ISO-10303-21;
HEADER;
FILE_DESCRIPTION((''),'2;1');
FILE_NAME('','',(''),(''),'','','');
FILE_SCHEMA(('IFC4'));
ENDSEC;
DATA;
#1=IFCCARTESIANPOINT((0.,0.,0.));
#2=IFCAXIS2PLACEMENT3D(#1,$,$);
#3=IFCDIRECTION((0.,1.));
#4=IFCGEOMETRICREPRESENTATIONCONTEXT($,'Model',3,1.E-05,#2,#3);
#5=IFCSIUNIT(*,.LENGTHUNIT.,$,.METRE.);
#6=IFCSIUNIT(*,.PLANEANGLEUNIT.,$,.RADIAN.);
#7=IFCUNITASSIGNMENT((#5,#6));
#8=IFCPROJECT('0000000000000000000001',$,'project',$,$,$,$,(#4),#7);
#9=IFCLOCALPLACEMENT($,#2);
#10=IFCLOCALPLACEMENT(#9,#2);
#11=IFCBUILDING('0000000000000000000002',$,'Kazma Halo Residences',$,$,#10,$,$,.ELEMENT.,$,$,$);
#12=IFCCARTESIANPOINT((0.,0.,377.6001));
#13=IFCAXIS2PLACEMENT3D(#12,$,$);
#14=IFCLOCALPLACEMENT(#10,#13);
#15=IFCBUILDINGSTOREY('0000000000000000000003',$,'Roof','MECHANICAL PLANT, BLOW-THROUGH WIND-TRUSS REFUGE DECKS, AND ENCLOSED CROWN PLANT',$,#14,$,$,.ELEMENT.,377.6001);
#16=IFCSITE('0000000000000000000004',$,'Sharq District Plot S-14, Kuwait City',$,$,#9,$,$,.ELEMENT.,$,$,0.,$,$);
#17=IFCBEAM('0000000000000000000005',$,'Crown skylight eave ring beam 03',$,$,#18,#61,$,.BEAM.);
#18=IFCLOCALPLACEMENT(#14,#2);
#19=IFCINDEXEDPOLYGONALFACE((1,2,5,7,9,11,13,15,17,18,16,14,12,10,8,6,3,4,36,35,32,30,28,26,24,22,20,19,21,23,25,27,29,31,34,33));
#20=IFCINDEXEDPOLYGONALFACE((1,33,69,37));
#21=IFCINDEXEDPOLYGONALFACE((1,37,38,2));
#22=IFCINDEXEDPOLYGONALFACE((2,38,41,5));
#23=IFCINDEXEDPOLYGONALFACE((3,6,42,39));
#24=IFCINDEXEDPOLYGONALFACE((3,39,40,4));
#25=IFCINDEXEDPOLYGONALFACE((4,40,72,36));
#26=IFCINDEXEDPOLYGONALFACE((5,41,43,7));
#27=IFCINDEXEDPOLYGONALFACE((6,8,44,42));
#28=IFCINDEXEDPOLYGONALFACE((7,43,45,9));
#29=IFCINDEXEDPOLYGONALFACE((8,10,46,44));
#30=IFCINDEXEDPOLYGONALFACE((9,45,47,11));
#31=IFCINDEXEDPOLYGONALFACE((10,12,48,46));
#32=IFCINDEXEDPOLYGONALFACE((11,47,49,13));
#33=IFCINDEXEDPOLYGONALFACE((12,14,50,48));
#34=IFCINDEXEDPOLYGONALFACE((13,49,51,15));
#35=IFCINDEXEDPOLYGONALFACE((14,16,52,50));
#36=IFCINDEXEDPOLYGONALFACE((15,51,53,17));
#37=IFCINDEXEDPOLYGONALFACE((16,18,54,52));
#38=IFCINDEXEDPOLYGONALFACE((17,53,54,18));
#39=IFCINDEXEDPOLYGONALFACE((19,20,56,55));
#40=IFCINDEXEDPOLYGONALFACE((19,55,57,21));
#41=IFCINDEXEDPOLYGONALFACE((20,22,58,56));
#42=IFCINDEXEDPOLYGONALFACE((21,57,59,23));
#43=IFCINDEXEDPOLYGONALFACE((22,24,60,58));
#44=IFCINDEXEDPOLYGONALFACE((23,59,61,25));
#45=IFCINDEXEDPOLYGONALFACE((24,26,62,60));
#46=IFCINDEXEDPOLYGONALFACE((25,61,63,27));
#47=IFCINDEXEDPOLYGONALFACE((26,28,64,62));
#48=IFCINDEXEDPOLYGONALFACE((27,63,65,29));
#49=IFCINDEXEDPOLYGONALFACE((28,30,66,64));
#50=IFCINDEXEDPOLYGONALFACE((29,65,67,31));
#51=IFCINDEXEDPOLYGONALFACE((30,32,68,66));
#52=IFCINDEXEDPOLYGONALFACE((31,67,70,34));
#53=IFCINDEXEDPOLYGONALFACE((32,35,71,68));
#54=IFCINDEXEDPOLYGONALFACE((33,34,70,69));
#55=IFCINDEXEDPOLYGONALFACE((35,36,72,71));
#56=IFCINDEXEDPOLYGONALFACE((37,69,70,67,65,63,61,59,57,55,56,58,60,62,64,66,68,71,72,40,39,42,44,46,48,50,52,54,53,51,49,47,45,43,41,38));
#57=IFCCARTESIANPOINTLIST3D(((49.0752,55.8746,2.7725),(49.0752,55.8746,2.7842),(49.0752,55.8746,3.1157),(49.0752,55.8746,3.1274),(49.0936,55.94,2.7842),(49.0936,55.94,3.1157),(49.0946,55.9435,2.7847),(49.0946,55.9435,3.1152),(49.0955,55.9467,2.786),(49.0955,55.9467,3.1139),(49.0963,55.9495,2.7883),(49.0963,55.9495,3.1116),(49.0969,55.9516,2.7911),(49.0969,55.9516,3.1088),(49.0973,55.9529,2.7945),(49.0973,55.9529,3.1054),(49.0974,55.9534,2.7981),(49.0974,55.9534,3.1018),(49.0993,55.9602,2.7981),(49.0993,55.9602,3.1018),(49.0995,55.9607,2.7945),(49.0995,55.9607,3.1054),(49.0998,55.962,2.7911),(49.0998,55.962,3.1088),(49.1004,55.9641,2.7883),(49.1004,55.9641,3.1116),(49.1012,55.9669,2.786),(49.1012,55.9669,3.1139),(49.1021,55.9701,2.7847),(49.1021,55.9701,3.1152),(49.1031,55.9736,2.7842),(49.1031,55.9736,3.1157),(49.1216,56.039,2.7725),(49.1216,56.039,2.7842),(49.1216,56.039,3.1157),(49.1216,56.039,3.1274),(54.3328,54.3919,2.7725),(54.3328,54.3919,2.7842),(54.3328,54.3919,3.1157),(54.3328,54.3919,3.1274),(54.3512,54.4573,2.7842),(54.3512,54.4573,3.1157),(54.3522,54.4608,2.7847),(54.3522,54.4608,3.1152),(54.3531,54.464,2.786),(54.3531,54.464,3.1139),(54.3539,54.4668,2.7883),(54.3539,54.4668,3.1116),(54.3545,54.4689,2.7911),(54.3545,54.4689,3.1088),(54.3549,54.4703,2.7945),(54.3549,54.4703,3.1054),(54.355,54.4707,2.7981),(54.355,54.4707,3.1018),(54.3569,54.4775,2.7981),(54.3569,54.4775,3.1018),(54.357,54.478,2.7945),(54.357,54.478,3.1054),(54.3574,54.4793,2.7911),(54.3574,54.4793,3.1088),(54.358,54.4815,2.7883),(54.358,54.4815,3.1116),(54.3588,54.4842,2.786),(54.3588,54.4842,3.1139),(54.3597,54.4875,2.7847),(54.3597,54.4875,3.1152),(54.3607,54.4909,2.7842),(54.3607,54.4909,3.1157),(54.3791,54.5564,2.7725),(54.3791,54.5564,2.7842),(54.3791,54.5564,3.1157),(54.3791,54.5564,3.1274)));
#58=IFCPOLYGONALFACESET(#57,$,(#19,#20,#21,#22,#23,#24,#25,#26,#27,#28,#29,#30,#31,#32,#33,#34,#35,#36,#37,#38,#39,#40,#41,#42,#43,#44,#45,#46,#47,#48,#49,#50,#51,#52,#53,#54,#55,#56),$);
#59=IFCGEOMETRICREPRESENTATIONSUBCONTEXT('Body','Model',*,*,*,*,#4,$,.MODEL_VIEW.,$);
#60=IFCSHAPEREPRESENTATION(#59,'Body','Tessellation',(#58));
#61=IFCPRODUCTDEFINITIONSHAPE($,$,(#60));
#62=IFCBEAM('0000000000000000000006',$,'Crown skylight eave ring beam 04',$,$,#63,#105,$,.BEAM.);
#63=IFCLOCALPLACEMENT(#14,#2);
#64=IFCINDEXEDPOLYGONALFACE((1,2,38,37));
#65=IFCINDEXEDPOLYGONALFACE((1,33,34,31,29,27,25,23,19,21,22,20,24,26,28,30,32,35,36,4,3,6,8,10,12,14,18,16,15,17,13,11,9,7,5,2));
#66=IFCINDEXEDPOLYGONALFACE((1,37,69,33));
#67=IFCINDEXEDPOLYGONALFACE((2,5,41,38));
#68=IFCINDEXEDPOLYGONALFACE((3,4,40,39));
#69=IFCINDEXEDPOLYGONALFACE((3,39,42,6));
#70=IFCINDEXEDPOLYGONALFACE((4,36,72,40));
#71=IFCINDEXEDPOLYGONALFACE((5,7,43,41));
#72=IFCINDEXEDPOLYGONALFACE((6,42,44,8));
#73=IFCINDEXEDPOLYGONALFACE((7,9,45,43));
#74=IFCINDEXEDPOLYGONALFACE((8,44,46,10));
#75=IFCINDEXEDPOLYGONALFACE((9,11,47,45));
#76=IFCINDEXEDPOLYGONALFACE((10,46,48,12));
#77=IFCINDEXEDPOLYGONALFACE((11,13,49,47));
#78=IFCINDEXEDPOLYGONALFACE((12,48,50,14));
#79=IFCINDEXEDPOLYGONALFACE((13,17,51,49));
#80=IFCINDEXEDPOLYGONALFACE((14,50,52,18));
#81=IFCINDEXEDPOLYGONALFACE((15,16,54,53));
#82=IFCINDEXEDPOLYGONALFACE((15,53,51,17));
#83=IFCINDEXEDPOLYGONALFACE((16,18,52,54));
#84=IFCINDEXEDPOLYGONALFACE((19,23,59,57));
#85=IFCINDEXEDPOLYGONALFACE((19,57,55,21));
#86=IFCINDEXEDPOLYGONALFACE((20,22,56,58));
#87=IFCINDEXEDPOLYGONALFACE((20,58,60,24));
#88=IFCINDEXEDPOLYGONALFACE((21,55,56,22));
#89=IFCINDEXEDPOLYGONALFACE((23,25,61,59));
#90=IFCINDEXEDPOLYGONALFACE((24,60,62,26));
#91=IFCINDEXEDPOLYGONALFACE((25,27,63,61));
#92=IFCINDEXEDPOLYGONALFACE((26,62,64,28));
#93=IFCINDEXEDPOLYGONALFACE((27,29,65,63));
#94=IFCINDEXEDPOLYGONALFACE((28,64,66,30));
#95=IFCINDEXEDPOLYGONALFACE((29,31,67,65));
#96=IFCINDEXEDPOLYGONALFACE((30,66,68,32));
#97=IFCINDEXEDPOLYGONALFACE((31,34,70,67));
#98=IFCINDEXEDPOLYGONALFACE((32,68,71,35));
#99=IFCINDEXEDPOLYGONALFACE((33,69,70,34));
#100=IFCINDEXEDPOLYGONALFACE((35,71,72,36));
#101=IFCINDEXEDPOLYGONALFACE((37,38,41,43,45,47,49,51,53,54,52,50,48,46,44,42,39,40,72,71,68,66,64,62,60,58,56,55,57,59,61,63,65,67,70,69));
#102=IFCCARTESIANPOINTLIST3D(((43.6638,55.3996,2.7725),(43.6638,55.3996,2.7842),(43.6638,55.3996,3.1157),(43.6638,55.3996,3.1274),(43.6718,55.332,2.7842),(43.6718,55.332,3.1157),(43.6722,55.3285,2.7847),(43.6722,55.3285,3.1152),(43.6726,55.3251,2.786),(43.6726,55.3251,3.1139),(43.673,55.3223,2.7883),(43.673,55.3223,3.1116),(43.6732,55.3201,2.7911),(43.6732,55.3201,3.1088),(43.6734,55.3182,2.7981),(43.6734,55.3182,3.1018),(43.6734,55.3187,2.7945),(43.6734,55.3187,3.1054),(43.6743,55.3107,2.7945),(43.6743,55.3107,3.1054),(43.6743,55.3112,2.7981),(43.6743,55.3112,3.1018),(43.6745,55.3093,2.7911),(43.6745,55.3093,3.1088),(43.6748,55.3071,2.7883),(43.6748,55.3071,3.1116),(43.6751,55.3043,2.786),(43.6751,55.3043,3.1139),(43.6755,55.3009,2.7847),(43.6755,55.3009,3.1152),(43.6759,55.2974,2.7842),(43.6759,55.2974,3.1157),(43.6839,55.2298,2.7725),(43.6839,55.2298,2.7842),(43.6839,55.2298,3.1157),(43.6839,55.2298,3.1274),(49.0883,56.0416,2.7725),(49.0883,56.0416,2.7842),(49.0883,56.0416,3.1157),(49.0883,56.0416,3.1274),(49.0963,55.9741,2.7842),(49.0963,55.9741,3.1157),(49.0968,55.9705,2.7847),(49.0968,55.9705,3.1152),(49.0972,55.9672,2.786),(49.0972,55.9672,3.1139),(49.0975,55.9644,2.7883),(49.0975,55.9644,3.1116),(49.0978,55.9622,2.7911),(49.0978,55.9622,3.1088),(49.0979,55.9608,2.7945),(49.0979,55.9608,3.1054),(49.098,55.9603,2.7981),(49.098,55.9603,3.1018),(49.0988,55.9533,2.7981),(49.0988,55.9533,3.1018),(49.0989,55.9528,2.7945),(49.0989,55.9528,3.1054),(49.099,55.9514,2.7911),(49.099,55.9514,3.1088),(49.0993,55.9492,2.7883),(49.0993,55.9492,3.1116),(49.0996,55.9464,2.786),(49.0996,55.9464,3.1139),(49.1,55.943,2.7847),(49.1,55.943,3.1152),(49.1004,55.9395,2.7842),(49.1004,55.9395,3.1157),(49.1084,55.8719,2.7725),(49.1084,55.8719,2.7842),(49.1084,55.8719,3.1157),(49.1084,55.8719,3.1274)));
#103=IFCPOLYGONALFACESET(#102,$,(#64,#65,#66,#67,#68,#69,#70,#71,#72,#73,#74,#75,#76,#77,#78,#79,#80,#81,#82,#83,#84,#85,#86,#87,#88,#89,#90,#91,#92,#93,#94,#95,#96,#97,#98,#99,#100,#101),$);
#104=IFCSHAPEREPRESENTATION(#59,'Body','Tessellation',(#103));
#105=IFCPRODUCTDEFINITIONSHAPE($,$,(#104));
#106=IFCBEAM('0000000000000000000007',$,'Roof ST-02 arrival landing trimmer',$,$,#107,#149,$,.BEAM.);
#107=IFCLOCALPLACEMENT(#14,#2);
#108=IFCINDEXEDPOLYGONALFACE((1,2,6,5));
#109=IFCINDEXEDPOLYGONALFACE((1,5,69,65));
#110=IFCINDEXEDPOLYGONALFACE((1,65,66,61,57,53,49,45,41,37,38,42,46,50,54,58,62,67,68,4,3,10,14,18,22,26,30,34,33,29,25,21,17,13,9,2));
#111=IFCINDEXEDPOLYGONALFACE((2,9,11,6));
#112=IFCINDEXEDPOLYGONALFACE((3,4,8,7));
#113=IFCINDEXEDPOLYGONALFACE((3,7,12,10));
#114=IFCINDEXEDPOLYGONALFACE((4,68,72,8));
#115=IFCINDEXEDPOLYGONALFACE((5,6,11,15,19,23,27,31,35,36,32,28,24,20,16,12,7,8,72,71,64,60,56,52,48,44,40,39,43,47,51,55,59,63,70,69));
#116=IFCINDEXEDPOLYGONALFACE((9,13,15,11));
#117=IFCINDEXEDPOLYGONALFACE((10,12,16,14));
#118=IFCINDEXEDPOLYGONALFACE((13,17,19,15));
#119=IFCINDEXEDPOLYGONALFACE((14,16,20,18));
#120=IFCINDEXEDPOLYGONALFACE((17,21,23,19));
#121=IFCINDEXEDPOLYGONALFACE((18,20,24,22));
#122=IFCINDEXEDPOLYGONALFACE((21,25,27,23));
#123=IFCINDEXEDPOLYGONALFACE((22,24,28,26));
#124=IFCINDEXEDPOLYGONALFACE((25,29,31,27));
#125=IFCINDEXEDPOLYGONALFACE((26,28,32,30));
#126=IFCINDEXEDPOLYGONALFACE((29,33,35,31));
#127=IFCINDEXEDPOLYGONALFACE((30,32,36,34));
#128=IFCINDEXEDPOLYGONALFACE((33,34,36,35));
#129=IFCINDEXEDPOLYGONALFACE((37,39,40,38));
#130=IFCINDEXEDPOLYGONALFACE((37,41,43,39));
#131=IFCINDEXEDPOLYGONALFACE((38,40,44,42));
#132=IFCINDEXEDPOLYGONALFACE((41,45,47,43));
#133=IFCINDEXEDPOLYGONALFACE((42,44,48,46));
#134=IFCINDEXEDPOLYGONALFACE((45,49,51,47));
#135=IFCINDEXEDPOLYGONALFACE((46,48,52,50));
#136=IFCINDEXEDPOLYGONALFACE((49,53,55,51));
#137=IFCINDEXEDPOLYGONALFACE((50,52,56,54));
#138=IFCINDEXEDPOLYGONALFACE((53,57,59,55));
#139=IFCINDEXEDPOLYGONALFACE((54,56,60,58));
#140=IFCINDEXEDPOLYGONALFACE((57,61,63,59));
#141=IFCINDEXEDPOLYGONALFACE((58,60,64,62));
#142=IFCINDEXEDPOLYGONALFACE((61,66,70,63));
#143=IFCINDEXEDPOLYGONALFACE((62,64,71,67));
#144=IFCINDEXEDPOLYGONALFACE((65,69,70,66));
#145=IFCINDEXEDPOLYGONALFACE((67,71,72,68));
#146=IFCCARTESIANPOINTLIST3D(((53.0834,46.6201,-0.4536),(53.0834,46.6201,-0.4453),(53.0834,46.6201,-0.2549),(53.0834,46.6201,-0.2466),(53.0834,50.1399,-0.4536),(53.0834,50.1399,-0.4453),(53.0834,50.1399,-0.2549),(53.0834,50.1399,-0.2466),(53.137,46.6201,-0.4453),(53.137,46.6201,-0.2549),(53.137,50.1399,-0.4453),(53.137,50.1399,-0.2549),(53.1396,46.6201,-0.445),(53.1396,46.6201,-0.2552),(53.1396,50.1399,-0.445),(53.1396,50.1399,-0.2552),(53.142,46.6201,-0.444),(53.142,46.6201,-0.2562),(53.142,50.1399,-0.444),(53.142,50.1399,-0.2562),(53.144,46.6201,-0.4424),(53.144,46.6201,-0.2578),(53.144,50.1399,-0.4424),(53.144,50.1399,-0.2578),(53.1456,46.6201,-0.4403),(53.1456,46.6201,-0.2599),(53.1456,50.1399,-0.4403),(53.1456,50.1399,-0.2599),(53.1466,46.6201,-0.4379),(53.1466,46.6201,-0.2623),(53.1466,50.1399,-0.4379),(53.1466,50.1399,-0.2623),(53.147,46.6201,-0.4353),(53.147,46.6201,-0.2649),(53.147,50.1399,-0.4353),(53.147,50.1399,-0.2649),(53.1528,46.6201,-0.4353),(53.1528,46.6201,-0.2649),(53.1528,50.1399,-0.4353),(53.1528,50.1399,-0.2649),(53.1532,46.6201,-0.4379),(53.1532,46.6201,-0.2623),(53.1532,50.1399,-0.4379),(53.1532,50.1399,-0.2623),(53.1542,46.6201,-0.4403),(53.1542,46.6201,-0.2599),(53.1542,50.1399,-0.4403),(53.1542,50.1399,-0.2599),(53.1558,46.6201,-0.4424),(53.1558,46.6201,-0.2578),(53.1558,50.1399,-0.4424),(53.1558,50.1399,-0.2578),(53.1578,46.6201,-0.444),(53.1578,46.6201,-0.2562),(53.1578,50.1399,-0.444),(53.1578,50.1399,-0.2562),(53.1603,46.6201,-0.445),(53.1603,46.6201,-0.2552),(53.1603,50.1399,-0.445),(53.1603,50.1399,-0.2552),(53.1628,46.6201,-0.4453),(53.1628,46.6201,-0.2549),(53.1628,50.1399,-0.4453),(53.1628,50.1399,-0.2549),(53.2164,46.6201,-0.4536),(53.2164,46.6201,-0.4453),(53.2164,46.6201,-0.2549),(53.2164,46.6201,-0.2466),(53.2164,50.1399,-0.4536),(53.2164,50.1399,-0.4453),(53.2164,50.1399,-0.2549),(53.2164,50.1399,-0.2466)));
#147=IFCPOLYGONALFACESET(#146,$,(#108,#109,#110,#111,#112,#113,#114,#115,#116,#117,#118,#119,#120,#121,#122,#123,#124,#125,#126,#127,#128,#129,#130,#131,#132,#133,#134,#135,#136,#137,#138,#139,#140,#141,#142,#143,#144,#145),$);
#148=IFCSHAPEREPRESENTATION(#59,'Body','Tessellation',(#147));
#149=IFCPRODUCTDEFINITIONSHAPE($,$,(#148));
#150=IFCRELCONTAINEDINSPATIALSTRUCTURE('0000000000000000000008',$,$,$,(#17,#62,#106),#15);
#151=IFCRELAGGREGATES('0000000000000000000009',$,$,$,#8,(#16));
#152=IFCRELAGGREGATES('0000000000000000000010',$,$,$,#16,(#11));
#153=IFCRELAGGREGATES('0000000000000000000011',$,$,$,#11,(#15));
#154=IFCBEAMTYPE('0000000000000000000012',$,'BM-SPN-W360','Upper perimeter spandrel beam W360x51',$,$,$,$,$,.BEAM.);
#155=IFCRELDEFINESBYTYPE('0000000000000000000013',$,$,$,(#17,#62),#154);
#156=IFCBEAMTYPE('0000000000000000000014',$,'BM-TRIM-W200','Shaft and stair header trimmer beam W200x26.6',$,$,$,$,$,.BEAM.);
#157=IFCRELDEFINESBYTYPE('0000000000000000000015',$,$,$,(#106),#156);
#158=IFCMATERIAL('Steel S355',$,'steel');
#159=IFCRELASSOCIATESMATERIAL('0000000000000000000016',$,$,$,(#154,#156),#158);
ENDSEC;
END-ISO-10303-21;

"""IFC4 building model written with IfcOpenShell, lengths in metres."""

from ifc_helpers import new_model, si_unit, direction, frame, origin, origin_2d, place, context, subcontext, project, spatial, i_section, extrude, material, material_profile, profile_set, type_object, element, save


model = new_model("IFC4")

# Units and contexts
model_context = context("Model", 3, precision=1e-05, world=origin(), true_north=direction((0.0, 1.0)))
body_context = subcontext(model_context, "Body", "Model", "MODEL_VIEW")
ifc_project = project(units=[si_unit("LENGTHUNIT", "METRE"), si_unit("PLANEANGLEUNIT", "RADIAN")], contexts=[model_context])

# Site, building, storey
site_placement = place(None, origin())
site = spatial("IfcSite", under=ifc_project, at=site_placement, Name="Sharq District Plot S-14, Kuwait City", CompositionType="ELEMENT", RefElevation=0.0)
building_placement = place(site_placement, origin())
building = spatial("IfcBuilding", under=site, at=building_placement, Name="Kazma Halo Residences", CompositionType="ELEMENT")
storey_placement = place(building_placement, frame((0.0, 0.0, 377.6001)))
storey = spatial("IfcBuildingStorey", under=building, at=storey_placement, Name="Roof", Description="MECHANICAL PLANT, BLOW-THROUGH WIND-TRUSS REFUGE DECKS, AND ENCLOSED CROWN PLANT", CompositionType="ELEMENT", Elevation=377.6001)

# Shared definitions
ifc_material_1 = material(Name="Steel S355", Category="steel")

# Beams
ifc_material_profile_1 = material_profile(ifc_material_1, i_section(OverallWidth=0.1709, OverallDepth=0.355, WebThickness=0.0071, FlangeThickness=0.0117, FilletRadius=0.0139, at=origin_2d()), Name="W360x51")
ifc_profile_set_1 = profile_set([ifc_material_profile_1], Name="Steel S355")
beam_type_1 = type_object("IfcBeamType", Name="BM-SPN-W360", Description="Upper perimeter spandrel beam W360x51", PredefinedType="BEAM", material=ifc_profile_set_1)
beam_1_placement = place(storey_placement, frame((54.356, 54.4741, 2.95), z_axis=(-0.962461, 0.27142, 0.0), x_axis=(-0.27142, -0.962461, 0.0)))
element("IfcBeam", 1, at=beam_1_placement, inside=storey, type_object=beam_type_1, Name="Crown skylight eave ring beam 03", PredefinedType="BEAM", context=body_context, shape_type="SweptSolid", body=[
    extrude(i_section(OverallWidth=0.1709, OverallDepth=0.355, WebThickness=0.0071, FlangeThickness=0.0117, FilletRadius=0.0139, at=origin_2d()), origin(), (0.0, 0.0, 1.0), 5.4626),
])
beam_2_placement = place(storey_placement, frame((49.0984, 55.9568, 2.95), z_axis=(-0.993067, -0.117547, 0.0), x_axis=(0.117547, -0.993067, 0.0)))
element("IfcBeam", 2, at=beam_2_placement, inside=storey, type_object=beam_type_1, Name="Crown skylight eave ring beam 04", PredefinedType="BEAM", context=body_context, shape_type="SweptSolid", body=[
    extrude(i_section(OverallWidth=0.1709, OverallDepth=0.355, WebThickness=0.0071, FlangeThickness=0.0117, FilletRadius=0.0139, at=origin_2d()), origin(), (0.0, 0.0, 1.0), 5.4624),
])
ifc_material_profile_2 = material_profile(ifc_material_1, i_section(OverallWidth=0.1331, OverallDepth=0.207, WebThickness=0.0059, FlangeThickness=0.0083, FilletRadius=0.01, at=origin_2d()), Name="W200x26.6")
ifc_profile_set_2 = profile_set([ifc_material_profile_2], Name="Steel S355")
beam_type_2 = type_object("IfcBeamType", Name="BM-TRIM-W200", Description="Shaft and stair header trimmer beam W200x26.6", PredefinedType="BEAM", material=ifc_profile_set_2)
beam_3_placement = place(storey_placement, frame((53.1499, 46.6201, -0.3501), z_axis=(0.0, 1.0, 0.0), x_axis=(-1.0, 0.0, 0.0)))
element("IfcBeam", 3, at=beam_3_placement, inside=storey, type_object=beam_type_2, Name="Roof ST-02 arrival landing trimmer", PredefinedType="BEAM", context=body_context, shape_type="SweptSolid", body=[
    extrude(i_section(OverallWidth=0.1331, OverallDepth=0.207, WebThickness=0.0059, FlangeThickness=0.0083, FilletRadius=0.01, at=origin_2d()), origin(), (0.0, 0.0, 1.0), 3.5198),
])

save(model, "model.ifc")
